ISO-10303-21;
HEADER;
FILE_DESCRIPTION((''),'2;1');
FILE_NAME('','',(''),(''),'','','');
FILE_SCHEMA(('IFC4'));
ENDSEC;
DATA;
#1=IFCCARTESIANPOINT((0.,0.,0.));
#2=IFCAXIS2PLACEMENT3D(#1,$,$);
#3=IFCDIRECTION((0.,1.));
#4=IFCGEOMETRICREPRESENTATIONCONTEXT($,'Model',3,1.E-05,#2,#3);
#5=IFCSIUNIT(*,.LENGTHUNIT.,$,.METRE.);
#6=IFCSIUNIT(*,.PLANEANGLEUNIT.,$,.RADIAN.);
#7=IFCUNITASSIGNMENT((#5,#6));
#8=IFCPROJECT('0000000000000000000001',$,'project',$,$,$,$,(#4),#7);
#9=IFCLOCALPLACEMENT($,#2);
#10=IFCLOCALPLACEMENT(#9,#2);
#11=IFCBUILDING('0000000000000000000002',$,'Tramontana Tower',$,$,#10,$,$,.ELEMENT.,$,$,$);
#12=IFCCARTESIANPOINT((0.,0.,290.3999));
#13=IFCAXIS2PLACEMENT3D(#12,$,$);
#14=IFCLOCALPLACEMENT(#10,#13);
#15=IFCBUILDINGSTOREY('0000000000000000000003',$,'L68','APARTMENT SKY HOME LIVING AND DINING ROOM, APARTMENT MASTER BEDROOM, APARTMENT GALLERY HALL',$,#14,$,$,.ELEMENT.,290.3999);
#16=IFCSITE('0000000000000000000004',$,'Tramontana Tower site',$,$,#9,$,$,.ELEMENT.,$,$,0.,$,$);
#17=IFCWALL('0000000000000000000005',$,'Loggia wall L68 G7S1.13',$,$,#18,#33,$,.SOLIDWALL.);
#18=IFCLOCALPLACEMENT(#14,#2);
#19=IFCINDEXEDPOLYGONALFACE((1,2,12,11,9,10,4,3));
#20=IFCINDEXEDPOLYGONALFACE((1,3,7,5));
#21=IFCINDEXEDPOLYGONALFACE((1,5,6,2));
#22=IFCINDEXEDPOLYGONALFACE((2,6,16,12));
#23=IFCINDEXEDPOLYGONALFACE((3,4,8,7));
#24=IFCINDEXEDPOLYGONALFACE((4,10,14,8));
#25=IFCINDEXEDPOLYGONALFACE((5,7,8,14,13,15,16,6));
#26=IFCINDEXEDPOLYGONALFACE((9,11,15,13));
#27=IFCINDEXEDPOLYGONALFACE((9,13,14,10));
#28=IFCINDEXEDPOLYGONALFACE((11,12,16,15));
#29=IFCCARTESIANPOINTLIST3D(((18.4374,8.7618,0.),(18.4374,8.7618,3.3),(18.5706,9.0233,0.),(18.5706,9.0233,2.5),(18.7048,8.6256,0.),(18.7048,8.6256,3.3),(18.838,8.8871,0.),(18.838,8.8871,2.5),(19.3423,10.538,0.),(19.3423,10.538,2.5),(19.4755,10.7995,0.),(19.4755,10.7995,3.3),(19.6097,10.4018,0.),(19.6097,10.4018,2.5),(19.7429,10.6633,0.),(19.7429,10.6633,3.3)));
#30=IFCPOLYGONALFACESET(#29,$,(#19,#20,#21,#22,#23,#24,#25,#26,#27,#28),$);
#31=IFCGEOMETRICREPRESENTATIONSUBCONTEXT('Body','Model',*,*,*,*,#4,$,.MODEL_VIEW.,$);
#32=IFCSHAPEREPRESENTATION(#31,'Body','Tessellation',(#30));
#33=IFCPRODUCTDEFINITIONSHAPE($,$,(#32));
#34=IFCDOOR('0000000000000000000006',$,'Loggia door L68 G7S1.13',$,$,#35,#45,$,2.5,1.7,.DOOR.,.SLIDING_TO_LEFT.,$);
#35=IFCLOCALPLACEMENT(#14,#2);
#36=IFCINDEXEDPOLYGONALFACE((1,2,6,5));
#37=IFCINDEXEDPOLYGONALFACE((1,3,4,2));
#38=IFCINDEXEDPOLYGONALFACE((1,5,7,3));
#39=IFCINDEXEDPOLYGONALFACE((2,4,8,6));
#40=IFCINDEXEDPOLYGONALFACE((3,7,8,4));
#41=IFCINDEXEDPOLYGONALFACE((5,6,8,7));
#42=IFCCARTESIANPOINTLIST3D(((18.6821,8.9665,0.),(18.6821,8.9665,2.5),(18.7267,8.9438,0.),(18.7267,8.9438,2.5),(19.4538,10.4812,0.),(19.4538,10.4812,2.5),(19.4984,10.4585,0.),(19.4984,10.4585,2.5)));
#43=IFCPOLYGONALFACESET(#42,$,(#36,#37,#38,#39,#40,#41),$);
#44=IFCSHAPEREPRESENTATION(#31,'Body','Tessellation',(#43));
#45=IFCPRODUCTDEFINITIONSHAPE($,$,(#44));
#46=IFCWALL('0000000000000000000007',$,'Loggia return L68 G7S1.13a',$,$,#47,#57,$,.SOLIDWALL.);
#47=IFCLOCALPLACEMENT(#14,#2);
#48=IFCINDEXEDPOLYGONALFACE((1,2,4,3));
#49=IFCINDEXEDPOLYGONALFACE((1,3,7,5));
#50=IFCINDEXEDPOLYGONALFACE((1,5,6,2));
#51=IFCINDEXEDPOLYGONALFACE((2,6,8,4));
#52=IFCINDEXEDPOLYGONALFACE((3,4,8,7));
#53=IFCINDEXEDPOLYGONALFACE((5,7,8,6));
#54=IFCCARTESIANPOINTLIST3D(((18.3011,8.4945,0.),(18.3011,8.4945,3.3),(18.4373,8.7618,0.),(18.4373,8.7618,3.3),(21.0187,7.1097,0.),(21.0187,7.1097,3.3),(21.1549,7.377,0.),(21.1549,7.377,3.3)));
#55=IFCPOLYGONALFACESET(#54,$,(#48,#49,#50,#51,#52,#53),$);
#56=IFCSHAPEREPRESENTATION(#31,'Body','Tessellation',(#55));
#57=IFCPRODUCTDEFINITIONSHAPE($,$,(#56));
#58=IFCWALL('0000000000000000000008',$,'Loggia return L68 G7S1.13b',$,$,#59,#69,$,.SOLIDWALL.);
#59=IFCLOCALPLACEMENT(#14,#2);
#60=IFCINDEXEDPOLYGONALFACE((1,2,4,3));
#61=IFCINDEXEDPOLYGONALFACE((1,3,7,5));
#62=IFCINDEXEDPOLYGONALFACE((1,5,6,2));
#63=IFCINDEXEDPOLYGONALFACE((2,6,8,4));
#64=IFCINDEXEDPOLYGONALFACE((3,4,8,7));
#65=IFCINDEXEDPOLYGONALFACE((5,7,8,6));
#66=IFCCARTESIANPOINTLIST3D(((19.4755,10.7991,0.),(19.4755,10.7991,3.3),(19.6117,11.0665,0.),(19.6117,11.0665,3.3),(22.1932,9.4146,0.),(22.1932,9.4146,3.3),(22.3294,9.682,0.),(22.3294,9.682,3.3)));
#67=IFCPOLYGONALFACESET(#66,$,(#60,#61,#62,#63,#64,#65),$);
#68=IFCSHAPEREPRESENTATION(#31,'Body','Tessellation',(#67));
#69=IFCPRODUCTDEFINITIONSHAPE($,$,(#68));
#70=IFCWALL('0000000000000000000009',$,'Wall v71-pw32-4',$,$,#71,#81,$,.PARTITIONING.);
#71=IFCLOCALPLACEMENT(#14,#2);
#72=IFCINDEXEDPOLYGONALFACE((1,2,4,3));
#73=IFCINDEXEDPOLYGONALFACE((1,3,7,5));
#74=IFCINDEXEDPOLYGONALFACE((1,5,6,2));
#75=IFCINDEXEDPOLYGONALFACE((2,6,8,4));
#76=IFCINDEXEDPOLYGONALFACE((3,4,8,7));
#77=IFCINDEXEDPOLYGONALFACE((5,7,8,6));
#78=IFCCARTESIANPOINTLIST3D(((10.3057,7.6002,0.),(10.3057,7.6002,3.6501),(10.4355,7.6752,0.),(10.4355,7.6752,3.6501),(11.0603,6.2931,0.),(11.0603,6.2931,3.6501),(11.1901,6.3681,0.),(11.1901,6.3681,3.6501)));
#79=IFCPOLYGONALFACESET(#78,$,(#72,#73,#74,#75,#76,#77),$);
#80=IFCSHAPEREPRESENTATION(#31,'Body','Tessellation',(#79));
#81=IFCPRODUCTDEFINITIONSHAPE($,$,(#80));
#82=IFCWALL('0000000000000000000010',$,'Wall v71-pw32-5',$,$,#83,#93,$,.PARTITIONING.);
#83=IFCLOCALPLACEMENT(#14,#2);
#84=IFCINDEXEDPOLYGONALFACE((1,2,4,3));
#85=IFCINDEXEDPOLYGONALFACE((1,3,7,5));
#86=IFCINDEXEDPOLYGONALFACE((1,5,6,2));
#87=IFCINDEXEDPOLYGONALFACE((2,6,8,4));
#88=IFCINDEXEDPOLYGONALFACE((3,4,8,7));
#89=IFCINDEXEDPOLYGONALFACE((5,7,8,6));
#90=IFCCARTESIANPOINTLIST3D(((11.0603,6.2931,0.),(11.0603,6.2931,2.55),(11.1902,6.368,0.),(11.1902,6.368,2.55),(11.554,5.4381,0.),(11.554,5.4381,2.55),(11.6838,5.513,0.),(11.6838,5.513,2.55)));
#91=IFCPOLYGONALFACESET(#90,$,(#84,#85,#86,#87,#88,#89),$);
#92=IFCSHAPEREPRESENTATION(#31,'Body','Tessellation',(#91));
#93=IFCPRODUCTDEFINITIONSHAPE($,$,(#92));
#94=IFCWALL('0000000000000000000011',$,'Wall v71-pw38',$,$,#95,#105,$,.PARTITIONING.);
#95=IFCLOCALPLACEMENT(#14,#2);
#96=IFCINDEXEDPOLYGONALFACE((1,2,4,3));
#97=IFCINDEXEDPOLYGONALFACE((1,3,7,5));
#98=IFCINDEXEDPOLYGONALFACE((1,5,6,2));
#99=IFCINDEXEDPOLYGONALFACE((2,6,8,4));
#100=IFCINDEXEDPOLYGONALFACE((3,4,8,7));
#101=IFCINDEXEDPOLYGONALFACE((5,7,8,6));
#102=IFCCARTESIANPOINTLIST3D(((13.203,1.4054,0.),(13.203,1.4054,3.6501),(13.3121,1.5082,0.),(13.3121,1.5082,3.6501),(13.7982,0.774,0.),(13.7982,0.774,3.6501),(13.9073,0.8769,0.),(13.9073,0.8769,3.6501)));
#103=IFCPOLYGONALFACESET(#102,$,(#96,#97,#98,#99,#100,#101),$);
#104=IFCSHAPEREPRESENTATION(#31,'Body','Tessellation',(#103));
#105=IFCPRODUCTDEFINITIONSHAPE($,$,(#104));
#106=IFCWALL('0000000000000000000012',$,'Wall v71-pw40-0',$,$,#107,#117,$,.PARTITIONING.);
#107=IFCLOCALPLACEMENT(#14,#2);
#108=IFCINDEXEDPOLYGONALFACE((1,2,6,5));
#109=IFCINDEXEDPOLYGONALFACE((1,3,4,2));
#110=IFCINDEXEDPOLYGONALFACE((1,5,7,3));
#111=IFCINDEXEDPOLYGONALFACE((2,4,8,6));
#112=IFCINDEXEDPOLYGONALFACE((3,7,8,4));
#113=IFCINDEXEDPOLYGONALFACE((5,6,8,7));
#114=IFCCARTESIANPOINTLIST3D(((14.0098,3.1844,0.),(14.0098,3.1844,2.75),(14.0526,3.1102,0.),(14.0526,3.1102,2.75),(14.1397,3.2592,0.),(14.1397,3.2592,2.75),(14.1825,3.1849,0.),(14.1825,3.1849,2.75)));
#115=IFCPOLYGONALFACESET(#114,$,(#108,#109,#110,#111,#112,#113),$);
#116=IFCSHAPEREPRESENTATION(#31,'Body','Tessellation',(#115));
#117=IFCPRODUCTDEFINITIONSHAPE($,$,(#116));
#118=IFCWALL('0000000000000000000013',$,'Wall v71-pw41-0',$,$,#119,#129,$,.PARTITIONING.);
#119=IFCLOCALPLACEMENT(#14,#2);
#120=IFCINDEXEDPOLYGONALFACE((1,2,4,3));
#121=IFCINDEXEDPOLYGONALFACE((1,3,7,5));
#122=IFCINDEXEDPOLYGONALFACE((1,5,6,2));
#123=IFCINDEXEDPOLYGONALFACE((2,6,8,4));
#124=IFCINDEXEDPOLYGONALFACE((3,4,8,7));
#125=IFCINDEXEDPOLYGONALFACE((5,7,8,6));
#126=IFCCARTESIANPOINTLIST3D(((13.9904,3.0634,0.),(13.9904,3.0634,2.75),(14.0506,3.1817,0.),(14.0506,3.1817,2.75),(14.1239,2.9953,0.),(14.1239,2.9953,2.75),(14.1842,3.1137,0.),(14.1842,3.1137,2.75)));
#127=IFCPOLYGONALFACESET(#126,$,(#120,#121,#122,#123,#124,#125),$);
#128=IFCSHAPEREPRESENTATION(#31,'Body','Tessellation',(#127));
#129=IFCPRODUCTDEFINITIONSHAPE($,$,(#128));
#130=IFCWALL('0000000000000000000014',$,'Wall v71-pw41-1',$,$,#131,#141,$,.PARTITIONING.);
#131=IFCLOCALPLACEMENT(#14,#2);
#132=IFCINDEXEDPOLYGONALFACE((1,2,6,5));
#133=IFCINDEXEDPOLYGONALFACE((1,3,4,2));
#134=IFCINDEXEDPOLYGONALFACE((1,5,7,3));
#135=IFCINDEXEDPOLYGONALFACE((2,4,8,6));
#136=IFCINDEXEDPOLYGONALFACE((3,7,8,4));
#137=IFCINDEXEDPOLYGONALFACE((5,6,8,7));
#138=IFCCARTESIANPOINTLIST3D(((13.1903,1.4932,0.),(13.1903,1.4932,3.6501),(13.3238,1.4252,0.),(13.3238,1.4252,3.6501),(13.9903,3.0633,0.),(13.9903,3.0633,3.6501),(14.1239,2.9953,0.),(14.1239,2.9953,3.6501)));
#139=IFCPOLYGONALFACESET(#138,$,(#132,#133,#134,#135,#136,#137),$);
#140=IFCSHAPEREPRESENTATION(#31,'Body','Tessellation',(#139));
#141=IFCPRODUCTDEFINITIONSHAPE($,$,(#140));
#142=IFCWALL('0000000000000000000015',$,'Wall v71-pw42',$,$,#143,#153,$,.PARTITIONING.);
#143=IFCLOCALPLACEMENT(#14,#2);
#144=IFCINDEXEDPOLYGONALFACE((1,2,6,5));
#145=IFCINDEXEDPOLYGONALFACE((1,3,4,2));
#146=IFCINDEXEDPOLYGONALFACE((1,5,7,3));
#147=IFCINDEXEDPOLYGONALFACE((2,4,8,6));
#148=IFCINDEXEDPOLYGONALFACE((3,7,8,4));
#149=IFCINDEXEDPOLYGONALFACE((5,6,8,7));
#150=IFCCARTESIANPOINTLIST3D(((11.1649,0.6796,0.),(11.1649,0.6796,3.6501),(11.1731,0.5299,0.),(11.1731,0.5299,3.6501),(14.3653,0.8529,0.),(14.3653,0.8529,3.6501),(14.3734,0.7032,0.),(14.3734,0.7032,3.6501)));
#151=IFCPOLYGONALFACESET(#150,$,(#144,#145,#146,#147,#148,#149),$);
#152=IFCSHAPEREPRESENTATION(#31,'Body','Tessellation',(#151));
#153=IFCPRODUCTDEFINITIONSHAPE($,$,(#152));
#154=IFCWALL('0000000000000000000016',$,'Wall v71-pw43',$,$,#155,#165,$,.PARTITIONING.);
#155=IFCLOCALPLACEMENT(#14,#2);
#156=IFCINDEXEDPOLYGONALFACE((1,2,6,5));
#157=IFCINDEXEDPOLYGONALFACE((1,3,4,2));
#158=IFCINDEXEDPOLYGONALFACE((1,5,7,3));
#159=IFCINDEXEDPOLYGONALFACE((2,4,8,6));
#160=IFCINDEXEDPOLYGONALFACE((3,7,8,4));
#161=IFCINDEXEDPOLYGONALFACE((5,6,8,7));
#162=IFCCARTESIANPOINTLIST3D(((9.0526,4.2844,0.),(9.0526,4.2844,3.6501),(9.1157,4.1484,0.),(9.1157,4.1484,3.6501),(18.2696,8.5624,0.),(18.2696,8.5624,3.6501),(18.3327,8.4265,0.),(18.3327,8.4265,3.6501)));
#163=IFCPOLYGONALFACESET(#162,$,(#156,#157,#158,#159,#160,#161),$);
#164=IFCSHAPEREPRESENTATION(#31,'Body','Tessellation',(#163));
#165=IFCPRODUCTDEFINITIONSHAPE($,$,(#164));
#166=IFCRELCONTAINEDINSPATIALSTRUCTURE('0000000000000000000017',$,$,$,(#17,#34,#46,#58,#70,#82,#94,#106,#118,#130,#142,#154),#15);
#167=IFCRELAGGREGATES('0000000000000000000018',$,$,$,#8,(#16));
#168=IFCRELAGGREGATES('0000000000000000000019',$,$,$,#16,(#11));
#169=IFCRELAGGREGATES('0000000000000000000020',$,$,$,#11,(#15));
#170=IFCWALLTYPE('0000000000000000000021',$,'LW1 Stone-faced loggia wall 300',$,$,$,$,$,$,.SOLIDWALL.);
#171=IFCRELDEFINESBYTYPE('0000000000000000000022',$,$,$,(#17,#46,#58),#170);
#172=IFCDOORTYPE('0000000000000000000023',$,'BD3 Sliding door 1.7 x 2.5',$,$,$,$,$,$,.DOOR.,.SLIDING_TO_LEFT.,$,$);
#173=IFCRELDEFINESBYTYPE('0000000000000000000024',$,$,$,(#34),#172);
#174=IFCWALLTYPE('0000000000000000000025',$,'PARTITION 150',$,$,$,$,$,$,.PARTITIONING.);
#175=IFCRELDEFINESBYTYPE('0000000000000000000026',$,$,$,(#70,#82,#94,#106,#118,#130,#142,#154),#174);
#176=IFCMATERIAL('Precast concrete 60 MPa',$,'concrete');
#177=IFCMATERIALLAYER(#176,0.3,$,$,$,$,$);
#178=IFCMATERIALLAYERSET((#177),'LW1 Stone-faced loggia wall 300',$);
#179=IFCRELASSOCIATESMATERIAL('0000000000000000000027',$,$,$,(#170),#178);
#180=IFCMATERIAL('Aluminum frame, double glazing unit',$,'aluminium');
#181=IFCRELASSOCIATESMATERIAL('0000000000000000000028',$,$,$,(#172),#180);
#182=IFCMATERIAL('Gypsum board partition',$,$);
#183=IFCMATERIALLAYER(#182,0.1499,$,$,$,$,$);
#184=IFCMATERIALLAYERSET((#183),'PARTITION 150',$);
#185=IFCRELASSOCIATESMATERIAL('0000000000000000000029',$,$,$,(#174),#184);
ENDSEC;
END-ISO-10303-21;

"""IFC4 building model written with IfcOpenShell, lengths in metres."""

from ifc_helpers import new_model, si_unit, direction, frame, frame_2d, origin, place, context, subcontext, project, spatial, rectangle, extrude, material, layer, layer_set, type_object, element, fill, save


model = new_model("IFC4")

# Units and contexts
model_context = context("Model", 3, precision=1e-05, world=origin(), true_north=direction((0.0, 1.0)))
body_context = subcontext(model_context, "Body", "Model", "MODEL_VIEW")
ifc_project = project(units=[si_unit("LENGTHUNIT", "METRE"), si_unit("PLANEANGLEUNIT", "RADIAN")], contexts=[model_context])

# Site, building, storey
site_placement = place(None, origin())
site = spatial("IfcSite", under=ifc_project, at=site_placement, Name="Tramontana Tower site", CompositionType="ELEMENT", RefElevation=0.0)
building_placement = place(site_placement, origin())
building = spatial("IfcBuilding", under=site, at=building_placement, Name="Tramontana Tower", CompositionType="ELEMENT")
storey_placement = place(building_placement, frame((0.0, 0.0, 290.3999)))
storey = spatial("IfcBuildingStorey", under=building, at=storey_placement, Name="L68", Description="APARTMENT SKY HOME LIVING AND DINING ROOM, APARTMENT MASTER BEDROOM, APARTMENT GALLERY HALL", CompositionType="ELEMENT", Elevation=290.3999)

# Shared definitions
ifc_material_1 = material(Name="Precast concrete 60 MPa", Category="concrete")
ifc_layer_1 = layer(ifc_material_1, 0.3)
ifc_layer_set_1 = layer_set([ifc_layer_1], Name="LW1 Stone-faced loggia wall 300")
wall_type_1 = type_object("IfcWallType", Name="LW1 Stone-faced loggia wall 300", PredefinedType="SOLIDWALL", material=ifc_layer_set_1)
ifc_material_2 = material(Name="Aluminum frame, double glazing unit", Category="aluminium")
door_type_1 = type_object("IfcDoorType", Name="BD3 Sliding door 1.7 x 2.5", OperationType="SLIDING_TO_LEFT", PredefinedType="DOOR", material=ifc_material_2)

# Wall, opening, door
wall_1_placement = place(storey_placement, frame((18.571, 8.6936, 0.0), z_axis=(0.0, 0.0, 1.0), x_axis=(0.453948, 0.891028, 0.0)))
wall_1 = element("IfcWall", 1, at=wall_1_placement, inside=storey, type_object=wall_type_1, Name="Loggia wall L68 G7S1.13", PredefinedType="SOLIDWALL", context=body_context, shape_type="SweptSolid", body=[
    extrude(rectangle(XDim=2.2869, YDim=0.3, at=frame_2d((1.1436, 0.0))), origin(), (0.0, 0.0, 1.0), 3.3),
])
opening_1_placement = place(wall_1_placement, frame((0.2935, 0.0, 0.0)))
opening_1 = element("IfcOpeningElement", 2, at=opening_1_placement, cuts=wall_1, PredefinedType="OPENING", context=body_context, shape_type="SweptSolid", body=[
    extrude(rectangle(XDim=1.7, YDim=2.5, at=frame_2d((0.8501, 1.25))), frame((0.0, 0.1599, 0.0), z_axis=(0.0, -1.0, 0.0), x_axis=(1.0, 0.0, 0.0)), (0.0, 0.0, 1.0), 0.3201),
])
door_1_placement = place(opening_1_placement, origin())
door_1 = element("IfcDoor", 3, at=door_1_placement, inside=storey, type_object=door_type_1, Name="Loggia door L68 G7S1.13", OperationType="SLIDING_TO_LEFT", OverallHeight=2.5, OverallWidth=1.7, PredefinedType="DOOR", context=body_context, shape_type="SweptSolid", body=[
    extrude(rectangle(XDim=1.7, YDim=2.5, at=frame_2d((0.8501, 1.25))), frame((0.0, 0.0249, 0.0), z_axis=(0.0, -1.0, 0.0), x_axis=(1.0, 0.0, 0.0)), (0.0, 0.0, 1.0), 0.05),
])
fill(opening_1, door_1)

# Walls
for number, where, z_axis, x_axis, name in (
    (4, (21.0867, 7.2434, 0.0), (0.0, 0.0, 1.0), (-0.890991, 0.454021, 0.0), "Loggia return L68 G7S1.13a"),
    (5, (22.2612, 9.5483, 0.0), (0.0, 0.0, 1.0), (-0.89104, 0.453925, 0.0), "Loggia return L68 G7S1.13b"),
):
    element("IfcWall", number, at=place(storey_placement, frame(where, z_axis=z_axis, x_axis=x_axis)), inside=storey, type_object=wall_type_1, Name=name, PredefinedType="SOLIDWALL", context=body_context, shape_type="SweptSolid", body=[
        extrude(rectangle(XDim=3.05, YDim=0.3, at=frame_2d((1.5249, 0.0))), origin(), (0.0, 0.0, 1.0), 3.3),
    ])
ifc_material_3 = material(Name="Gypsum board partition")
ifc_layer_2 = layer(ifc_material_3, 0.1499)
ifc_layer_set_2 = layer_set([ifc_layer_2], Name="PARTITION 150")
wall_type_2 = type_object("IfcWallType", Name="PARTITION 150", PredefinedType="PARTITIONING", material=ifc_layer_set_2)
wall_2_placement = place(storey_placement, frame((10.3706, 7.6377, 0.0), z_axis=(0.0, 0.0, 1.0), x_axis=(0.499984, -0.866035, 0.0)))
element("IfcWall", 6, at=wall_2_placement, inside=storey, type_object=wall_type_2, Name="Wall v71-pw32-4", PredefinedType="PARTITIONING", context=body_context, shape_type="SweptSolid", body=[
    extrude(rectangle(XDim=1.5093, YDim=0.1499, at=frame_2d((0.7546, 0.0))), origin(), (0.0, 0.0, 1.0), 3.6501),
])
wall_3_placement = place(storey_placement, frame((11.1252, 6.3306, 0.0), z_axis=(0.0, 0.0, 1.0), x_axis=(0.500022, -0.866013, 0.0)))
element("IfcWall", 7, at=wall_3_placement, inside=storey, type_object=wall_type_2, Name="Wall v71-pw32-5", PredefinedType="PARTITIONING", context=body_context, shape_type="SweptSolid", body=[
    extrude(rectangle(XDim=0.9873, YDim=0.1499, at=frame_2d((0.4937, 0.0))), origin(), (0.0, 0.0, 1.0), 2.55),
])

# Walls
wall_4_placement = place(storey_placement, frame((13.2576, 1.4568, 0.0), z_axis=(0.0, 0.0, 1.0), x_axis=(0.685979, -0.727622, 0.0)))
element("IfcWall", 8, at=wall_4_placement, inside=storey, type_object=wall_type_2, Name="Wall v71-pw38", PredefinedType="PARTITIONING", context=body_context, shape_type="SweptSolid", body=[
    extrude(rectangle(XDim=0.8677, YDim=0.1499, at=frame_2d((0.4338, 0.0))), origin(), (0.0, 0.0, 1.0), 3.6501),
])
wall_5_placement = place(storey_placement, frame((14.0747, 3.2219, 0.0), z_axis=(0.0, 0.0, 1.0), x_axis=(0.4989, -0.86666, 0.0)))
element("IfcWall", 9, at=wall_5_placement, inside=storey, type_object=wall_type_2, Name="Wall v71-pw40-0", PredefinedType="PARTITIONING", context=body_context, shape_type="SweptSolid", body=[
    extrude(rectangle(XDim=0.0857, YDim=0.1499, at=frame_2d((0.043, 0.0))), origin(), (0.0, 0.0, 1.0), 2.75),
])
wall_6_placement = place(storey_placement, frame((14.1174, 3.1477, 0.0), z_axis=(0.0, 0.0, 1.0), x_axis=(-0.453816, -0.891096, 0.0)))
element("IfcWall", 10, at=wall_6_placement, inside=storey, type_object=wall_type_2, Name="Wall v71-pw41-0", PredefinedType="PARTITIONING", context=body_context, shape_type="SweptSolid", body=[
    extrude(rectangle(XDim=0.1328, YDim=0.1499, at=frame_2d((0.0664, 0.0))), origin(), (0.0, 0.0, 1.0), 2.75),
])
wall_7_placement = place(storey_placement, frame((14.0571, 3.0293, 0.0), z_axis=(0.0, 0.0, 1.0), x_axis=(-0.454017, -0.890993, 0.0)))
element("IfcWall", 11, at=wall_7_placement, inside=storey, type_object=wall_type_2, Name="Wall v71-pw41-1", PredefinedType="PARTITIONING", context=body_context, shape_type="SweptSolid", body=[
    extrude(rectangle(XDim=1.7622, YDim=0.1499, at=frame_2d((0.8811, 0.0))), origin(), (0.0, 0.0, 1.0), 3.6501),
])
wall_8_placement = place(storey_placement, frame((14.3694, 0.7781, 0.0), z_axis=(0.0, 0.0, 1.0), x_axis=(-0.998536, -0.054082, 0.0)))
element("IfcWall", 12, at=wall_8_placement, inside=storey, type_object=wall_type_2, Name="Wall v71-pw42", PredefinedType="PARTITIONING", context=body_context, shape_type="SweptSolid", body=[
    extrude(rectangle(XDim=3.2051, YDim=0.1499, at=frame_2d((1.6025, 0.0))), origin(), (0.0, 0.0, 1.0), 3.6501),
])
wall_9_placement = place(storey_placement, frame((18.301, 8.4944, 0.0), z_axis=(0.0, 0.0, 1.0), x_axis=(-0.907056, -0.421009, 0.0)))
element("IfcWall", 13, at=wall_9_placement, inside=storey, type_object=wall_type_2, Name="Wall v71-pw43", PredefinedType="PARTITIONING", context=body_context, shape_type="SweptSolid", body=[
    extrude(rectangle(XDim=10.1614, YDim=0.1499, at=frame_2d((5.0806, 0.0))), origin(), (0.0, 0.0, 1.0), 3.6501),
])

save(model, "model.ifc")
